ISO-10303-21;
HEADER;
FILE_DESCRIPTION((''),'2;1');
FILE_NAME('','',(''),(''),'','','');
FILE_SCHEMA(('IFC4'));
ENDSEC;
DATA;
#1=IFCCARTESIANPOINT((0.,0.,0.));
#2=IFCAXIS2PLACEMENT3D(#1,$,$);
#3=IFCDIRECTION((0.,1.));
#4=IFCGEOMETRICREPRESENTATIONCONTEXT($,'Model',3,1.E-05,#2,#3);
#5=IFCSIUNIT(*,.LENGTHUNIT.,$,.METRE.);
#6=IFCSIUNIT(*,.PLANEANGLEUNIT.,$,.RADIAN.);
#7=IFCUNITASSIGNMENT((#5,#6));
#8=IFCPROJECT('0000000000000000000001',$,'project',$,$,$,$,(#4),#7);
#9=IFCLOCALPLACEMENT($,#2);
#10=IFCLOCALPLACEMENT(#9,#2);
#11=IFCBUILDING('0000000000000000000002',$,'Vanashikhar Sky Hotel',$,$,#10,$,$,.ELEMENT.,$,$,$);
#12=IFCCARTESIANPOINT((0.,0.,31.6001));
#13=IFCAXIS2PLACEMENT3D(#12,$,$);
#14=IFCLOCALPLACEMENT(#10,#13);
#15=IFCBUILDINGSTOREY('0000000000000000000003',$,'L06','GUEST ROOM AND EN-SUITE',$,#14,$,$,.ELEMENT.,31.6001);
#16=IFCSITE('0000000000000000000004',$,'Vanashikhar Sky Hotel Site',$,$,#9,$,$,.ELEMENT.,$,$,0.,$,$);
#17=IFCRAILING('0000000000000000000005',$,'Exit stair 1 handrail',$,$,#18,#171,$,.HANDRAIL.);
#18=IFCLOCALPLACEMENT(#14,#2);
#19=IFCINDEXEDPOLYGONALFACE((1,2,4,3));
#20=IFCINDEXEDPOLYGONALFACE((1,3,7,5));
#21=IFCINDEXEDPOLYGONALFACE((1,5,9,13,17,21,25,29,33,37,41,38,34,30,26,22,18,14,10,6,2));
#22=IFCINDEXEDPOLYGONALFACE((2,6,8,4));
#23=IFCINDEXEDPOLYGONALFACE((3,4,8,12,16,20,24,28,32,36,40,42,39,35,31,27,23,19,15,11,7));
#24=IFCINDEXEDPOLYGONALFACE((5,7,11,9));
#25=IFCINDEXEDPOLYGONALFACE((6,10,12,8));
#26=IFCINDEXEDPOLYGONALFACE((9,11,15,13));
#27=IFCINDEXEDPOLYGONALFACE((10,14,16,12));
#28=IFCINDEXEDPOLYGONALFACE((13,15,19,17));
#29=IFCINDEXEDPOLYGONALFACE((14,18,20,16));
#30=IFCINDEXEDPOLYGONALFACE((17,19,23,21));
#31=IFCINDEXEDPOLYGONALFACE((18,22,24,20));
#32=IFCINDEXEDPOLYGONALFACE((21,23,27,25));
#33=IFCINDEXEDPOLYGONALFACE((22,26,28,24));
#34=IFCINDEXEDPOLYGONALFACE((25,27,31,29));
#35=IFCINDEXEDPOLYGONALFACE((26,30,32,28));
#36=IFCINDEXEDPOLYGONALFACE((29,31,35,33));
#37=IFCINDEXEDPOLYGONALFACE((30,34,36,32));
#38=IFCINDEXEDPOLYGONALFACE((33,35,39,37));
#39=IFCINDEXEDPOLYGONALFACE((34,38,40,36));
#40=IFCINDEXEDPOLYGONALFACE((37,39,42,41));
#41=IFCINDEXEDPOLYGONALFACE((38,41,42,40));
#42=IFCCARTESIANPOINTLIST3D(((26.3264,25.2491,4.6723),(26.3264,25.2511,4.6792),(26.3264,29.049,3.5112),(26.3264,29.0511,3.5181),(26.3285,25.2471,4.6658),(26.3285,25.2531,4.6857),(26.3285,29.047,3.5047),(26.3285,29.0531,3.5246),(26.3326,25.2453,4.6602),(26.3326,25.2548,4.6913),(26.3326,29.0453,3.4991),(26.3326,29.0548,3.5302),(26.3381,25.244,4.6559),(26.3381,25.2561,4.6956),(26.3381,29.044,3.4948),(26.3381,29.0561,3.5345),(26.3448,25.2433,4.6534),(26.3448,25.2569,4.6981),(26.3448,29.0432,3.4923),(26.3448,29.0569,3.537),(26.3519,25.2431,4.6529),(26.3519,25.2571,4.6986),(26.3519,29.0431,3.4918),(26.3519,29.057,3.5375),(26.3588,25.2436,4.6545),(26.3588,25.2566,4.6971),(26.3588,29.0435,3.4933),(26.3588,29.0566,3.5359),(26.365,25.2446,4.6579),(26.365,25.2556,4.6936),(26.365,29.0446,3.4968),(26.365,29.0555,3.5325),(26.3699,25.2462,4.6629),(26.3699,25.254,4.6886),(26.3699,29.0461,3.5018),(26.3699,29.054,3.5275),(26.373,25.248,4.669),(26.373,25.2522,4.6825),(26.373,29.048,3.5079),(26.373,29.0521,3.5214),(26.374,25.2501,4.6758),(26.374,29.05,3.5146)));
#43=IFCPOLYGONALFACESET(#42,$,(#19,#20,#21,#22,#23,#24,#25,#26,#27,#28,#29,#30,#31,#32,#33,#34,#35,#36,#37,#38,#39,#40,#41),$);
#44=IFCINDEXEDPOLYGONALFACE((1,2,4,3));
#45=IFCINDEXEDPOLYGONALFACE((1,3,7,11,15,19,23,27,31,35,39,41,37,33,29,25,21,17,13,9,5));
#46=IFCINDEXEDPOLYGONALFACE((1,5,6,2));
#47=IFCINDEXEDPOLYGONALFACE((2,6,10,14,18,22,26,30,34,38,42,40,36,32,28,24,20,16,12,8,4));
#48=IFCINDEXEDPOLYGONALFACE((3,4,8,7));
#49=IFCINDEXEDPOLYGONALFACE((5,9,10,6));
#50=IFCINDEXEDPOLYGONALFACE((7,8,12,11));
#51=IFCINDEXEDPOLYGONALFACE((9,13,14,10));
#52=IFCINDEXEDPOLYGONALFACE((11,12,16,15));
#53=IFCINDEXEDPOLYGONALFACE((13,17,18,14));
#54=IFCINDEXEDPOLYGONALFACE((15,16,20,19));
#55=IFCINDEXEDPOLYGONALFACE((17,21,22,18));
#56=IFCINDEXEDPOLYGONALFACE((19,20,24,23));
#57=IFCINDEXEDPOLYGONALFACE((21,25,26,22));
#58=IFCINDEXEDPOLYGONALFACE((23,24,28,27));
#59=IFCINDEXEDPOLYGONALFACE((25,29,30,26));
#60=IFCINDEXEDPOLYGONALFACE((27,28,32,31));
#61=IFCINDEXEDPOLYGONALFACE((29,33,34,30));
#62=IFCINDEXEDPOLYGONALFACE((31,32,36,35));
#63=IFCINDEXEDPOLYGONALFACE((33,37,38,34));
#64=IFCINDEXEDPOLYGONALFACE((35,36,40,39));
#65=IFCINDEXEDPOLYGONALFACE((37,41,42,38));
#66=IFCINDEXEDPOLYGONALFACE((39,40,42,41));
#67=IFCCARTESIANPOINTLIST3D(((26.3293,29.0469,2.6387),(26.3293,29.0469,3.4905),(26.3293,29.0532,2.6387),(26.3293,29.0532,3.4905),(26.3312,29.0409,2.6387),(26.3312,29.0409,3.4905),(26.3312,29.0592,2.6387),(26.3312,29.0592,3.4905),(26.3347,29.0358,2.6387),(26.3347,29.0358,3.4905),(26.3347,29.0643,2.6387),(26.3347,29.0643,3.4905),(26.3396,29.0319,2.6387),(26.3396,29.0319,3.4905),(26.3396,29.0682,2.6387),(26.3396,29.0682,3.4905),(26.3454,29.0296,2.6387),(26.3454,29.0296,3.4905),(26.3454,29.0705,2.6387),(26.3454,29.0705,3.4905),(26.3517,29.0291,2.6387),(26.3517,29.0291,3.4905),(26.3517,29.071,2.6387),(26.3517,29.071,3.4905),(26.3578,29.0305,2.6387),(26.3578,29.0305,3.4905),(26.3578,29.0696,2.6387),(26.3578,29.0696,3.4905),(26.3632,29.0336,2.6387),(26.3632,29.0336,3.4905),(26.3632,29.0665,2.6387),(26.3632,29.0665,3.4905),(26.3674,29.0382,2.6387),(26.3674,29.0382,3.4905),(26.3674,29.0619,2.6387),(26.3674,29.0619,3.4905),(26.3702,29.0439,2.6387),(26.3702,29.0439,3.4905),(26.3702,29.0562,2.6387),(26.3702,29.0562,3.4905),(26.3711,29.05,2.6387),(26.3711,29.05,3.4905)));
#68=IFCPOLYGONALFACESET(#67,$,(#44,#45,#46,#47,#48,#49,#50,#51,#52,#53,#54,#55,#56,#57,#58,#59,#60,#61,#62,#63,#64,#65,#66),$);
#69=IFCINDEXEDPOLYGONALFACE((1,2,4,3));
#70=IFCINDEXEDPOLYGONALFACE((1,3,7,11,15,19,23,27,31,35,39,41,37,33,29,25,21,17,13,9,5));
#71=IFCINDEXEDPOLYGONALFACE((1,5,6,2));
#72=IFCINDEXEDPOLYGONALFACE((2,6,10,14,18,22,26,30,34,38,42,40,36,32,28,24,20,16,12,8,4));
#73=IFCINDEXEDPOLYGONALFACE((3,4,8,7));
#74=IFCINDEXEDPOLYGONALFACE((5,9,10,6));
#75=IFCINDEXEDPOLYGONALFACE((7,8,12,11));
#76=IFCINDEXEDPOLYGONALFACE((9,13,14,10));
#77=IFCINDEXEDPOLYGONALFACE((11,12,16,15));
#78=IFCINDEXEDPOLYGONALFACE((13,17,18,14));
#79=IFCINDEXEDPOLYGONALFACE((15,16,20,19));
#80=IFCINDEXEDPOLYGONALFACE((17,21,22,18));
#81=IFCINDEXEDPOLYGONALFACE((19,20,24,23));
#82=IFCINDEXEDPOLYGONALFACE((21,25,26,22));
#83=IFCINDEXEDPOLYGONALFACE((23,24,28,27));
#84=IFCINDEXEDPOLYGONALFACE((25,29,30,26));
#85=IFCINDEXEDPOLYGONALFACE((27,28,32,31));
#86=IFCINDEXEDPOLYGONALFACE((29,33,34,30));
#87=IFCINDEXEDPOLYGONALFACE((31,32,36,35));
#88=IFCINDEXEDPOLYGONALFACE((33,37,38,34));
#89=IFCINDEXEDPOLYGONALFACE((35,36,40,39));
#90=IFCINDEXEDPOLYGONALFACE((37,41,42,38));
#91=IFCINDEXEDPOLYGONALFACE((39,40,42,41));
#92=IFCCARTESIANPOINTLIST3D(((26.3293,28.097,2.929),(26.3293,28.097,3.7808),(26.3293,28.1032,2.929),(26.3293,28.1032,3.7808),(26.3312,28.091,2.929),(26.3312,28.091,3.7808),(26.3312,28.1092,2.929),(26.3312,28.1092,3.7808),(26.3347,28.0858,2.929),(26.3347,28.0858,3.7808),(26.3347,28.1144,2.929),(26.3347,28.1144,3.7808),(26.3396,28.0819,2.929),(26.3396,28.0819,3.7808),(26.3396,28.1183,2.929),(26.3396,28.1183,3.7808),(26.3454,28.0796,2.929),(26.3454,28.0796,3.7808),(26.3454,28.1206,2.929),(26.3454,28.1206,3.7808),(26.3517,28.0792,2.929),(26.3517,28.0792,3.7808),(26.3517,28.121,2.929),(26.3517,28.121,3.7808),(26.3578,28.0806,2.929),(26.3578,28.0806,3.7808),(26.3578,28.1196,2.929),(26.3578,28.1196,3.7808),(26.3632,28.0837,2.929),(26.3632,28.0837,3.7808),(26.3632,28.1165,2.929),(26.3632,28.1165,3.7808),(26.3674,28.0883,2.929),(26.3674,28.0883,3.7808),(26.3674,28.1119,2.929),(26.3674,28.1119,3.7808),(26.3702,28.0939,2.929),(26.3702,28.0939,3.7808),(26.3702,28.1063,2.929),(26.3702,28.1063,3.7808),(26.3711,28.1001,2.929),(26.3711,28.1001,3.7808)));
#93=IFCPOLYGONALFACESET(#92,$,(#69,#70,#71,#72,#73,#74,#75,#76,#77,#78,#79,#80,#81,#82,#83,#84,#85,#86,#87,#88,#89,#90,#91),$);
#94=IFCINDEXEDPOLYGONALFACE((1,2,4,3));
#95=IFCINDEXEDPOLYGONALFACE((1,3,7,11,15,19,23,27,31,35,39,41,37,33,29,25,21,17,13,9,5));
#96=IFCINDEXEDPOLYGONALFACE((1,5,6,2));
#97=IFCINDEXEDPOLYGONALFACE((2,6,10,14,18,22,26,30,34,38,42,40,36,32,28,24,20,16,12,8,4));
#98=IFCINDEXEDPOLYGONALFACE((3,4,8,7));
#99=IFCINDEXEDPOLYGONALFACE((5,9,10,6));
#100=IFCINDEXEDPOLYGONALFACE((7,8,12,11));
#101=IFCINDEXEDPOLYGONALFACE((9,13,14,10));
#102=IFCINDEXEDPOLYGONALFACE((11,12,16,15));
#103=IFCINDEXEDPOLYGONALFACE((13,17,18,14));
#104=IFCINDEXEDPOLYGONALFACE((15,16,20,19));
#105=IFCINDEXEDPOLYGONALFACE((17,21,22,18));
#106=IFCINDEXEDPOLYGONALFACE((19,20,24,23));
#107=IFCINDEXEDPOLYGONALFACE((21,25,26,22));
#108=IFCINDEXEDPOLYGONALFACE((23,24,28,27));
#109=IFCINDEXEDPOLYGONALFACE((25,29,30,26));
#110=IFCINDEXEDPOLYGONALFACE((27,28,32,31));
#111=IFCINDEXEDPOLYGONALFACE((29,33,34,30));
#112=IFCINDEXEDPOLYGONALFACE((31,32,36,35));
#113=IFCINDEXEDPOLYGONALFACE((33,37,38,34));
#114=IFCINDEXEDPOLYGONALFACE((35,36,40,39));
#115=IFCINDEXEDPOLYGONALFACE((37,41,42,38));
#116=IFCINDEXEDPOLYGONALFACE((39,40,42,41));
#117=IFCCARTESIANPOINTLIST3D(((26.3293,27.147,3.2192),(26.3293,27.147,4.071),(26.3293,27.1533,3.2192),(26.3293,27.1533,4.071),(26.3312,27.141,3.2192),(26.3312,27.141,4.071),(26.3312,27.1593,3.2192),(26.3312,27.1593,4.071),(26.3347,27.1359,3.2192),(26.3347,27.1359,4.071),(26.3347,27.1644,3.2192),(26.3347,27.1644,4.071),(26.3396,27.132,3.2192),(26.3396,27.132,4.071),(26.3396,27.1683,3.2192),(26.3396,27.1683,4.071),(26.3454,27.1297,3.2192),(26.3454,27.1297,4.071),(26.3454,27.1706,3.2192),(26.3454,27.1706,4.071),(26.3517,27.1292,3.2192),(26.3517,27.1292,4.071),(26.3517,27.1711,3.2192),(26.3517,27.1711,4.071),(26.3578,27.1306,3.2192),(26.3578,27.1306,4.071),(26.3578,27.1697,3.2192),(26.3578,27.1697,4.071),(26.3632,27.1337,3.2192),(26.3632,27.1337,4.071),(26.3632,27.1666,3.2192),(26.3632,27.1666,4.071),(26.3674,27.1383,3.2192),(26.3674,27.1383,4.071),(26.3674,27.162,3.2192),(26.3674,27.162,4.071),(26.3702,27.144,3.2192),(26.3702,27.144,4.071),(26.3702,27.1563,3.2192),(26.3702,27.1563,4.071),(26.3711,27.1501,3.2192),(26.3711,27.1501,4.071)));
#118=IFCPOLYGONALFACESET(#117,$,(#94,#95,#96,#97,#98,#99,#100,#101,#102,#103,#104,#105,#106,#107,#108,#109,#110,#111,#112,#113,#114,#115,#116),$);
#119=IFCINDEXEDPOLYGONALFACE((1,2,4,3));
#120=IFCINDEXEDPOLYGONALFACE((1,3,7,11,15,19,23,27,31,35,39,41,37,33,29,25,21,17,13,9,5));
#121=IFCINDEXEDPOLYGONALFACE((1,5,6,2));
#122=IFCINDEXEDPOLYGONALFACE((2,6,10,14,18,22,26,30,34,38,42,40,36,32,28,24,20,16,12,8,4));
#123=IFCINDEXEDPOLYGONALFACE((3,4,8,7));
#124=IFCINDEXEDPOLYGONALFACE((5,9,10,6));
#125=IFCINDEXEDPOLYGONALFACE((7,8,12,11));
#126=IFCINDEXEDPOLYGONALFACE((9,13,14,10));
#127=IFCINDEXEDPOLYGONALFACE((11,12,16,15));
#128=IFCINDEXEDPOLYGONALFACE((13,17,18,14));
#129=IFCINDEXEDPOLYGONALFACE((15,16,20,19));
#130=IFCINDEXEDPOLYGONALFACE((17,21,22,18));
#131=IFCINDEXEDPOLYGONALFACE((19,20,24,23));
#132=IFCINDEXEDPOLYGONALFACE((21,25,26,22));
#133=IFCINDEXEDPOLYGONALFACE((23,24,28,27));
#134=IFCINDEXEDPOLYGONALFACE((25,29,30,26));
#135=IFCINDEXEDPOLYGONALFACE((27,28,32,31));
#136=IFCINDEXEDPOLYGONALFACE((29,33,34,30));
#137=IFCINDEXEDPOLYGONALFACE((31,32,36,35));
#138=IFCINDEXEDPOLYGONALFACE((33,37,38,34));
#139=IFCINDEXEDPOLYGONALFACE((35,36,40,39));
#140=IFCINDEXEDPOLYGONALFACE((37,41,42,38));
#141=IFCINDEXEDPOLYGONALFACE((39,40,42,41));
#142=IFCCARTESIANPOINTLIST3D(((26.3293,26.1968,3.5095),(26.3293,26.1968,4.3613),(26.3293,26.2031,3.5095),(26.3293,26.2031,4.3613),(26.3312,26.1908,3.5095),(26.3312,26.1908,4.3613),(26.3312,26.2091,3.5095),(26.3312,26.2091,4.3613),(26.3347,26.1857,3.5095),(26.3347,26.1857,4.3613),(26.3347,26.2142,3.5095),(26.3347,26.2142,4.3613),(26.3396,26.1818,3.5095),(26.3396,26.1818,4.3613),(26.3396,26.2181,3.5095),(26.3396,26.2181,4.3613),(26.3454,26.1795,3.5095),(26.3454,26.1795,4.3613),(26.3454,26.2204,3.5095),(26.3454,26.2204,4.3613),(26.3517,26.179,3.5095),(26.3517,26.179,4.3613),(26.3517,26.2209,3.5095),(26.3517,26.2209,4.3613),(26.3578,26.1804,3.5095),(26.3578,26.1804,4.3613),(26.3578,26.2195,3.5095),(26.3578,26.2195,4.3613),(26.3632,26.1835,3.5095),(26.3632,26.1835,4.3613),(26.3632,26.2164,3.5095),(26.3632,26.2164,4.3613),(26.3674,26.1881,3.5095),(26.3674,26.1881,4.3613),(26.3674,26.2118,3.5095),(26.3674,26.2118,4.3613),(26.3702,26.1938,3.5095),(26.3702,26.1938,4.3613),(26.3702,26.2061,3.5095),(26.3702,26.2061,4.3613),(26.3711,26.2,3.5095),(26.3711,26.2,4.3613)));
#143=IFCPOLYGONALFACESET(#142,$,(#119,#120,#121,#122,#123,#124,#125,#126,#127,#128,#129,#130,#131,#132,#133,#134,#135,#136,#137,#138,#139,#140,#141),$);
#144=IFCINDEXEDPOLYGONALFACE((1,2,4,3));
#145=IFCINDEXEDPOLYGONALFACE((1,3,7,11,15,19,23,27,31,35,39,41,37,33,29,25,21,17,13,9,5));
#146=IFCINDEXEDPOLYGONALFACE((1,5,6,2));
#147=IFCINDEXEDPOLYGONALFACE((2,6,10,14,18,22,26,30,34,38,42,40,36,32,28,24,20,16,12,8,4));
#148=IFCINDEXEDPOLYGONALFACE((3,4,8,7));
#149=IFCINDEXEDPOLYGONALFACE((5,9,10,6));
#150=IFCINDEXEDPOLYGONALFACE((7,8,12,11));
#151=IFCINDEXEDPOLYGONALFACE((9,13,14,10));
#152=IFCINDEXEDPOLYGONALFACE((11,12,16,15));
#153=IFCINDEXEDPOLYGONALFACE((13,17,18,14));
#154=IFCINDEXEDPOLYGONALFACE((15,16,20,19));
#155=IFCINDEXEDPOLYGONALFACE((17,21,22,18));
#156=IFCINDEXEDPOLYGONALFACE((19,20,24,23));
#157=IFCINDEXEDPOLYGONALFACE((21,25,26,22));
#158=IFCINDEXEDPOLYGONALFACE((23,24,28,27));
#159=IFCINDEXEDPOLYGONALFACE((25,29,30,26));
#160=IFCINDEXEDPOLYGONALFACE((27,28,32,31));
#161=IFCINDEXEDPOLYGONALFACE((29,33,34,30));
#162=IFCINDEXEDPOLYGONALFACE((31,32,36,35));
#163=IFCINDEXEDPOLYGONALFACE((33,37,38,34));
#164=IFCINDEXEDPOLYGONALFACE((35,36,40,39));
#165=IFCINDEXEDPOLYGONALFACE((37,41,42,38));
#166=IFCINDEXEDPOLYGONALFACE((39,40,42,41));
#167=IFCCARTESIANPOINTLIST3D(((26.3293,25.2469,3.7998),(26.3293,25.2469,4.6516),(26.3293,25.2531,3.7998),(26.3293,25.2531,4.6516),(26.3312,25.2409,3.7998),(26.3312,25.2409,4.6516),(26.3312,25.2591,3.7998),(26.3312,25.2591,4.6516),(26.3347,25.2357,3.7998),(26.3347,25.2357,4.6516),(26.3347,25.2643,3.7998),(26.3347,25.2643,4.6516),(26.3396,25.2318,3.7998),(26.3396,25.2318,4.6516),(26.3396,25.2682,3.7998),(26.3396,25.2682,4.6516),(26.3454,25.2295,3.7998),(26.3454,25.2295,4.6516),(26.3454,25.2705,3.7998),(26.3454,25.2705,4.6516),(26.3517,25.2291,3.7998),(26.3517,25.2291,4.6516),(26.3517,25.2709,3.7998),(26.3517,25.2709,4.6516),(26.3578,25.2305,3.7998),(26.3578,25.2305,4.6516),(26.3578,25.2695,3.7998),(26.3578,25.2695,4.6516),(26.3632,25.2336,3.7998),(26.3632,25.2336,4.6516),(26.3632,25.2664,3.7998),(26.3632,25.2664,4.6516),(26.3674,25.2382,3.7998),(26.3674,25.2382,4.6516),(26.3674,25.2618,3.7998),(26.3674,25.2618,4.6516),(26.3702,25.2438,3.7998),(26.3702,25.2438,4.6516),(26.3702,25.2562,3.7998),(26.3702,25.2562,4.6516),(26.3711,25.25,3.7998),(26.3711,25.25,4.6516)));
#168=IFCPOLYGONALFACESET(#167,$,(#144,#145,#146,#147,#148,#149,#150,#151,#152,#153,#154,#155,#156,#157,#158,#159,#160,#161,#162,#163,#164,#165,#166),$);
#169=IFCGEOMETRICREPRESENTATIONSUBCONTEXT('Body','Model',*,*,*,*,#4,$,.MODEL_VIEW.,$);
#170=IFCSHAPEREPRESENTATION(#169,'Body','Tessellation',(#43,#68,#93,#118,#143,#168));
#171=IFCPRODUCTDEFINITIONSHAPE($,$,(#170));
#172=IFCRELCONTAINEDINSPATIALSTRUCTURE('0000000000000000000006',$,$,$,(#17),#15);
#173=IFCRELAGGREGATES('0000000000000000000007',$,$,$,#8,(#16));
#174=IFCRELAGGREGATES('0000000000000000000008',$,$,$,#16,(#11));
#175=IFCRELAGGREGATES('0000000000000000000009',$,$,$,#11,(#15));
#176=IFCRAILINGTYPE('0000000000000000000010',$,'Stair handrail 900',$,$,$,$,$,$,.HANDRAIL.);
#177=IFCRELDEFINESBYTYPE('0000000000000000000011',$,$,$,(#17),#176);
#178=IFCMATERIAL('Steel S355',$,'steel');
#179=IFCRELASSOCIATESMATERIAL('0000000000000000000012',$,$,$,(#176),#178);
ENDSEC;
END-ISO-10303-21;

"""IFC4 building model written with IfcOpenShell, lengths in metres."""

from ifc_helpers import new_model, si_unit, direction, frame, origin, origin_2d, place, context, subcontext, project, spatial, circle, extrude, source, transform, mapped, material, type_object, element, save


model = new_model("IFC4")

# Units and contexts
model_context = context("Model", 3, precision=1e-05, world=origin(), true_north=direction((0.0, 1.0)))
body_context = subcontext(model_context, "Body", "Model", "MODEL_VIEW")
ifc_project = project(units=[si_unit("LENGTHUNIT", "METRE"), si_unit("PLANEANGLEUNIT", "RADIAN")], contexts=[model_context])

# Site, building, storey
site_placement = place(None, origin())
site = spatial("IfcSite", under=ifc_project, at=site_placement, Name="Vanashikhar Sky Hotel Site", CompositionType="ELEMENT", RefElevation=0.0)
building_placement = place(site_placement, origin())
building = spatial("IfcBuilding", under=site, at=building_placement, Name="Vanashikhar Sky Hotel", CompositionType="ELEMENT")
storey_placement = place(building_placement, frame((0.0, 0.0, 31.6001)))
storey = spatial("IfcBuildingStorey", under=building, at=storey_placement, Name="L06", Description="GUEST ROOM AND EN-SUITE", CompositionType="ELEMENT", Elevation=31.6001)

# Railing
ifc_material_1 = material(Name="Steel S355", Category="steel")
railing_type_1 = type_object("IfcRailingType", Name="Stair handrail 900", PredefinedType="HANDRAIL", material=ifc_material_1)
shared_shape_1 = source(origin(), body_context, "Body", "SweptSolid", [
    extrude(circle(Radius=0.0239, at=origin_2d()), frame((0.0, 0.0, 0.876), z_axis=(0.0, -0.956351, 0.29222), x_axis=(1.0, 0.0, 0.0)), (0.0, 0.0, 1.0), 3.9734),
    extrude(circle(Radius=0.021, at=origin_2d()), origin(), (0.0, 0.0, 1.0), 0.8518),
    extrude(circle(Radius=0.021, at=origin_2d()), frame((0.0, -0.95, 0.2903)), (0.0, 0.0, 1.0), 0.8518),
    extrude(circle(Radius=0.021, at=origin_2d()), frame((0.0, -1.8999, 0.5806)), (0.0, 0.0, 1.0), 0.8518),
    extrude(circle(Radius=0.021, at=origin_2d()), frame((0.0, -2.8501, 0.8708)), (0.0, 0.0, 1.0), 0.8518),
    extrude(circle(Radius=0.021, at=origin_2d()), frame((0.0, -3.8, 1.1611)), (0.0, 0.0, 1.0), 0.8518),
])
for number, where, name in (
    (1, (26.3501, 29.05, 2.6387), "Exit stair 1 handrail"),
):
    element("IfcRailing", number, at=place(storey_placement, frame(where)), inside=storey, type_object=railing_type_1, Name=name, PredefinedType="HANDRAIL", context=body_context, shape_type="MappedRepresentation", body=[
        mapped(shared_shape_1, transform((0.0, 0.0, 0.0), scale=1.0)),
    ])

save(model, "model.ifc")
